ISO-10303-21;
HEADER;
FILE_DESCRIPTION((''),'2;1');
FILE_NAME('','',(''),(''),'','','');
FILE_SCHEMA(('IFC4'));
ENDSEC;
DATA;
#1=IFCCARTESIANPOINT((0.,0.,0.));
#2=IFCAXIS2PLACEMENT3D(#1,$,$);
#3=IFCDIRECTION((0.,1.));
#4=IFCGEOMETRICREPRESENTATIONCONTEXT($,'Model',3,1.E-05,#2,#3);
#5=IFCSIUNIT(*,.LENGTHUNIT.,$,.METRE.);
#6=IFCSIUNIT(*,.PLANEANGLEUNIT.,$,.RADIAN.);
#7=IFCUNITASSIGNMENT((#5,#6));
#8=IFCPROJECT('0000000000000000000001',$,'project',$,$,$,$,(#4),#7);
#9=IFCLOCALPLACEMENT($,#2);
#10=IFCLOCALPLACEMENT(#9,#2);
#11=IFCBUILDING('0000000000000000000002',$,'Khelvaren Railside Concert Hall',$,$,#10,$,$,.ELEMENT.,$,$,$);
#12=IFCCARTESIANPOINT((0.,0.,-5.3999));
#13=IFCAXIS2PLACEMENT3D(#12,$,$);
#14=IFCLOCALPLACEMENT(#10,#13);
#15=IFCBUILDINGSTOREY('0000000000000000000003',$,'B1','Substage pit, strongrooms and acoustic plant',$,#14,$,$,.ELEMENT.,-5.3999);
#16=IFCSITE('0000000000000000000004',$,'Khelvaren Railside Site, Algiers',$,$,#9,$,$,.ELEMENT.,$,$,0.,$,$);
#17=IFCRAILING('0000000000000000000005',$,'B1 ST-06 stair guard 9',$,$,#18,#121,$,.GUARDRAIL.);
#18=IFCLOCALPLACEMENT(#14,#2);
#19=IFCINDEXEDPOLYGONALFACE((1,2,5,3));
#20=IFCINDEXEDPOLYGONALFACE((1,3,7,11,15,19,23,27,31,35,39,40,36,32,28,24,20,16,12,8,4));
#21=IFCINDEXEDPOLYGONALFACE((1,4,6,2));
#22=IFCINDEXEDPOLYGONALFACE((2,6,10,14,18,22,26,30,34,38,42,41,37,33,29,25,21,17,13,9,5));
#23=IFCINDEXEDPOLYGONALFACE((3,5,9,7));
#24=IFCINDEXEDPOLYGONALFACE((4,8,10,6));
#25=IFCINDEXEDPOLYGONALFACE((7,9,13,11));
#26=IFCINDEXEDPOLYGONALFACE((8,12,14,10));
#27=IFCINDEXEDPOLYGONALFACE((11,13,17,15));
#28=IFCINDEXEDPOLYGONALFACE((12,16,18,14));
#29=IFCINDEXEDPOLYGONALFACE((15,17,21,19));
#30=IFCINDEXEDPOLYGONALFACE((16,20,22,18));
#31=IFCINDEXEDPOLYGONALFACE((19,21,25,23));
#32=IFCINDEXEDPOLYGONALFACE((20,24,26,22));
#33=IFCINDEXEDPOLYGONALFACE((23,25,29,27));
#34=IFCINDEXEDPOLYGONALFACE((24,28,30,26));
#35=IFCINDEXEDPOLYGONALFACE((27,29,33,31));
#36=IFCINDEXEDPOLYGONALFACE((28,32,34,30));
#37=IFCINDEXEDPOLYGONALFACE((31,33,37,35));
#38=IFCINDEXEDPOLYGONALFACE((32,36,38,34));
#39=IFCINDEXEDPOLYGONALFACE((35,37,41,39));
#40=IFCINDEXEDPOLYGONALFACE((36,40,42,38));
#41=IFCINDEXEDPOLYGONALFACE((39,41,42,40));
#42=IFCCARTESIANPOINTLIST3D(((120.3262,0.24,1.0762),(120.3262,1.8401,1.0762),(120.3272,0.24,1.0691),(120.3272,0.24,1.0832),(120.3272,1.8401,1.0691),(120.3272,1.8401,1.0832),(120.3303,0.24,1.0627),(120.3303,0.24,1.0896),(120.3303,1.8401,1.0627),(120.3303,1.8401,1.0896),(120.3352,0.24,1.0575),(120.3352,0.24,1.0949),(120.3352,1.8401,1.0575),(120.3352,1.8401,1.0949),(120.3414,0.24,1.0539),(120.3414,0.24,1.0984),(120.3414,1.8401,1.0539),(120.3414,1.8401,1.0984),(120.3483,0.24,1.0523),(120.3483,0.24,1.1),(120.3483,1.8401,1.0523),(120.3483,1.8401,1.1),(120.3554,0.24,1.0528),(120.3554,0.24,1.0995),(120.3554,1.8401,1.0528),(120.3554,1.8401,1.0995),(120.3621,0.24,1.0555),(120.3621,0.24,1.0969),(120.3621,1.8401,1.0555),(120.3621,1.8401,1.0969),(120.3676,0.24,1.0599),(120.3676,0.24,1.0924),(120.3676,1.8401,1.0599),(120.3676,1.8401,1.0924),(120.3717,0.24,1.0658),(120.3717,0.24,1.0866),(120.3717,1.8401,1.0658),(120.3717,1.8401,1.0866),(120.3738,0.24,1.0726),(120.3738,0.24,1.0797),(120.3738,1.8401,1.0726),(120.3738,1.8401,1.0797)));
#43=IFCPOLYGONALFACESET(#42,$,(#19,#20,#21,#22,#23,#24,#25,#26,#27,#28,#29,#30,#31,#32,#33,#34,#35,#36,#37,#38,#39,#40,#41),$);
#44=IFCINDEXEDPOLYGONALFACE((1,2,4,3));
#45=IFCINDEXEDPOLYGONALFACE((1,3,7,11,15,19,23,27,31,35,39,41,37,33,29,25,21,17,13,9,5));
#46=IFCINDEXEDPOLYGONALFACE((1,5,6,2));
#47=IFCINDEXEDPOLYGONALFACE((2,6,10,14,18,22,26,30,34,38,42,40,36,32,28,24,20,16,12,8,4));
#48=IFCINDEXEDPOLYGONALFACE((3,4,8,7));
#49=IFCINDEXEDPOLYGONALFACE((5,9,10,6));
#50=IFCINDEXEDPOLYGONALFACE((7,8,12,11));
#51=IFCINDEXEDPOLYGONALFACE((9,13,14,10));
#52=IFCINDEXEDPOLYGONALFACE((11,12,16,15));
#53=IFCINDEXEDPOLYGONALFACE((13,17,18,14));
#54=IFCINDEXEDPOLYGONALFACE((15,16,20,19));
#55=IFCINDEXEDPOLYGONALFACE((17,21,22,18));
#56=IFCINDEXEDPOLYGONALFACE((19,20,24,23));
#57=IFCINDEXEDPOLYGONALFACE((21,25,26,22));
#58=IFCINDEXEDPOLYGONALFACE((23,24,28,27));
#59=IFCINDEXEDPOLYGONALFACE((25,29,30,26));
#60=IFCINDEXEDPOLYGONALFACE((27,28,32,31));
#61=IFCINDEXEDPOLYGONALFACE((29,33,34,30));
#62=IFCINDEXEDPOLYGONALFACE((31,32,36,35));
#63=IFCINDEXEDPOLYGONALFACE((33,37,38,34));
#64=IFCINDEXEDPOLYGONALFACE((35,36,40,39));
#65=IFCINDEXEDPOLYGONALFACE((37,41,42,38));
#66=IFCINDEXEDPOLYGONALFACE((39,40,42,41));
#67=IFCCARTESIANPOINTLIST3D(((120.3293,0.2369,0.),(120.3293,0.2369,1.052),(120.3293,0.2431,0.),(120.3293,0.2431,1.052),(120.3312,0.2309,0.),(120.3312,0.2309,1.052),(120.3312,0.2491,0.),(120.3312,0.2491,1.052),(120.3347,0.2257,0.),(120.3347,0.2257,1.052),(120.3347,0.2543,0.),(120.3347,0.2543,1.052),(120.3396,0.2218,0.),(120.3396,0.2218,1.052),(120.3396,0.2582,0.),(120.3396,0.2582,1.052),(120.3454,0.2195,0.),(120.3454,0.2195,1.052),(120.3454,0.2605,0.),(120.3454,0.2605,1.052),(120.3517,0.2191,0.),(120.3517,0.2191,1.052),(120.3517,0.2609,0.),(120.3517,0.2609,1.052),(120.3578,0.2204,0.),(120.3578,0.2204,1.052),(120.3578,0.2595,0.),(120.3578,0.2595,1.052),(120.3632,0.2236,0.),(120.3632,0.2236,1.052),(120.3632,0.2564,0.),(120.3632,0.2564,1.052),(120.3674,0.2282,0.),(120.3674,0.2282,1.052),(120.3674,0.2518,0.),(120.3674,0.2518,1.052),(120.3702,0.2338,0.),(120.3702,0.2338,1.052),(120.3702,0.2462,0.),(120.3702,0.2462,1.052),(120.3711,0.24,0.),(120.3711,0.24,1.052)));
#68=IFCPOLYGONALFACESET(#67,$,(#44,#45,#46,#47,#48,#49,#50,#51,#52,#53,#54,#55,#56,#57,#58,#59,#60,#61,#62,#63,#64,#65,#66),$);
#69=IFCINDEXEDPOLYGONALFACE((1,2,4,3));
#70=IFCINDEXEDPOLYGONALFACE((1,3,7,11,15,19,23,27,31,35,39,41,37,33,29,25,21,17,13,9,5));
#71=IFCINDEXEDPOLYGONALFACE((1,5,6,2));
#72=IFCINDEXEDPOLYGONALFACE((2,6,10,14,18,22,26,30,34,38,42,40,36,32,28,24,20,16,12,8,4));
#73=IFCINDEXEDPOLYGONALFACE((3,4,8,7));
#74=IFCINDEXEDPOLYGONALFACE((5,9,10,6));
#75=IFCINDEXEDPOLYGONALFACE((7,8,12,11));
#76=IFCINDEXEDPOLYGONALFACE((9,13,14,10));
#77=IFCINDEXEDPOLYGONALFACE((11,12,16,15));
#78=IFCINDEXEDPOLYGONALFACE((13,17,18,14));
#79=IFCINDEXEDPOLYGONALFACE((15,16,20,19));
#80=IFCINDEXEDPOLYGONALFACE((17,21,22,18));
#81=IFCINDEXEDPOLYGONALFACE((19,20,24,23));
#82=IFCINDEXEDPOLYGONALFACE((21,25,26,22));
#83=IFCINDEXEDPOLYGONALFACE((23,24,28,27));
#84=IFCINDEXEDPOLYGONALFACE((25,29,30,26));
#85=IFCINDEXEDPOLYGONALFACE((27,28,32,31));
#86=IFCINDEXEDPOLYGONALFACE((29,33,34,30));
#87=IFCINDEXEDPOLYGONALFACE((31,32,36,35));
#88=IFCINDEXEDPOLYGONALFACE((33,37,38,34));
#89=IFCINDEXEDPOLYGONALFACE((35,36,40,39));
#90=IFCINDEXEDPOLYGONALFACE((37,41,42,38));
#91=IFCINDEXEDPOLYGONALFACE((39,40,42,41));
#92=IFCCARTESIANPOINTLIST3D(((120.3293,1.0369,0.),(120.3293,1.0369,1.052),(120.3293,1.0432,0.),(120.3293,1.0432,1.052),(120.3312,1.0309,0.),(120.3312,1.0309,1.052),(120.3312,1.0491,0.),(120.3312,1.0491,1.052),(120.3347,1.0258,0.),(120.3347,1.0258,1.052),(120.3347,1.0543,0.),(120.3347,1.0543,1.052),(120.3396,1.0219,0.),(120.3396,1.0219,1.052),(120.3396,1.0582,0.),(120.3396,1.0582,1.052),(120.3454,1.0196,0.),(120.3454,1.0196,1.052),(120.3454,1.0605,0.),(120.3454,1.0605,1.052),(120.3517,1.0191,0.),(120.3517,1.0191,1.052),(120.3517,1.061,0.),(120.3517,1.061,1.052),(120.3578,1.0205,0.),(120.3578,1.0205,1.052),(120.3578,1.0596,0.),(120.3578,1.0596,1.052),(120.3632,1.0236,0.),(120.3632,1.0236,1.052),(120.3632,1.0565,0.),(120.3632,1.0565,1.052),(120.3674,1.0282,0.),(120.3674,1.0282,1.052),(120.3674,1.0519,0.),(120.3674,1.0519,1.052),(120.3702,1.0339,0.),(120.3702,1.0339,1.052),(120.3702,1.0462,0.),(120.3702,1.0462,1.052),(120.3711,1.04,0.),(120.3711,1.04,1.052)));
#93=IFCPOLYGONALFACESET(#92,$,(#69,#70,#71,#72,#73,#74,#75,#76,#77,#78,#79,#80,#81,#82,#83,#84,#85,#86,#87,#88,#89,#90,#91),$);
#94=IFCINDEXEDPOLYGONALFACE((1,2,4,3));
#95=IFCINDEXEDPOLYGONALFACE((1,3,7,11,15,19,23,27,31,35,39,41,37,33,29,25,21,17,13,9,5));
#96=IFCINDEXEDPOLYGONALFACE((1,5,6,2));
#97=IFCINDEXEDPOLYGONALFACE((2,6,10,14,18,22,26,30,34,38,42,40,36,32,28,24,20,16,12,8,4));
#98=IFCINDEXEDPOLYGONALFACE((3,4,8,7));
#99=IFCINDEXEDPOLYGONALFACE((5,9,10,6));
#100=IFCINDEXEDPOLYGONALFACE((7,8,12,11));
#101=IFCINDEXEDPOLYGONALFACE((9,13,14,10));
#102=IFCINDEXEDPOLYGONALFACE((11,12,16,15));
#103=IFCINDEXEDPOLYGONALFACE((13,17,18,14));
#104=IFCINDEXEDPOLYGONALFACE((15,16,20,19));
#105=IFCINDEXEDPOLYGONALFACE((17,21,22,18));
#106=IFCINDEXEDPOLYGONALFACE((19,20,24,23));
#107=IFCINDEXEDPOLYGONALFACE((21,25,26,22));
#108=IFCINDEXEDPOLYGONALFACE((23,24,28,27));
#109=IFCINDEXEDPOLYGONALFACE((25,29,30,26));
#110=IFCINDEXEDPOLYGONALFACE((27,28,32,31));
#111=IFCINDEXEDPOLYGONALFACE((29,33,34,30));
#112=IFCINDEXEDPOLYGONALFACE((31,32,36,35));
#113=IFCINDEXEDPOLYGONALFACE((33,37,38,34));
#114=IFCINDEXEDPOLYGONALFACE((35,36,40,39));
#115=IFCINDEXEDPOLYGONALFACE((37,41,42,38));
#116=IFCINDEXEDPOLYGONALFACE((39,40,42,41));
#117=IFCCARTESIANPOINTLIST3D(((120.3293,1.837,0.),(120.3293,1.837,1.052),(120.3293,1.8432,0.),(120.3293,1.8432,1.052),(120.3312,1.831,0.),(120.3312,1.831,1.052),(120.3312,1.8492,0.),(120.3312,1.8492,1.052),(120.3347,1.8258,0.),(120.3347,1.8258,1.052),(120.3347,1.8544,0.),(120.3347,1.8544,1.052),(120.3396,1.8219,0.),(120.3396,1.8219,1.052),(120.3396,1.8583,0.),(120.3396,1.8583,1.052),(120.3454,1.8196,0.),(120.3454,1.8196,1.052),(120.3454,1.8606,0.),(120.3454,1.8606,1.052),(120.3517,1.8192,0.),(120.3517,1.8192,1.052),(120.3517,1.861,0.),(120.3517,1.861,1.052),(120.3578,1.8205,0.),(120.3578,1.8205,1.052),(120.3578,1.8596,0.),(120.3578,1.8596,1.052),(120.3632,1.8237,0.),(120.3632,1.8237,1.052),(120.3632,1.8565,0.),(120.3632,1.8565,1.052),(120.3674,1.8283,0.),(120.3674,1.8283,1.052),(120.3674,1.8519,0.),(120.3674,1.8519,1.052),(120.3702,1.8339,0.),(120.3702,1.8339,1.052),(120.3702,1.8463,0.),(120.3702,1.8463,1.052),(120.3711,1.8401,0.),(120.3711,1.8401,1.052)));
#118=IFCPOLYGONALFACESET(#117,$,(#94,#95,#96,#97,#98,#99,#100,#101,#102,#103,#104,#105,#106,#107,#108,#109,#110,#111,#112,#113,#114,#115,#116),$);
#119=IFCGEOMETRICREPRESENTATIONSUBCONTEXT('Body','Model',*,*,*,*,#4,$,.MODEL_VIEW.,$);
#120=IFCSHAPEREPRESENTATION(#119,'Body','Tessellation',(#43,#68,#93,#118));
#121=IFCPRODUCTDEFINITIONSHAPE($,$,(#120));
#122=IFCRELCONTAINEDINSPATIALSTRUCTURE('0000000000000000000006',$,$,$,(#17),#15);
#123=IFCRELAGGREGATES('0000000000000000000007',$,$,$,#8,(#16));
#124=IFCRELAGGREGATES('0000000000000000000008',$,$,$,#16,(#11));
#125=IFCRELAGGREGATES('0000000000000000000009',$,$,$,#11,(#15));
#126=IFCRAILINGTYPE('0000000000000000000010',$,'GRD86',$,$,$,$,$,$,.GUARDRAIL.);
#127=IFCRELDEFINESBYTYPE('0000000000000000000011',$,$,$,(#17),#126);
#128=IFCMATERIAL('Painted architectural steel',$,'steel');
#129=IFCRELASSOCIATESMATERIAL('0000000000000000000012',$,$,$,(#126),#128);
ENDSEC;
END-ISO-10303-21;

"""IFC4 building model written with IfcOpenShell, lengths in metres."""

from ifc_helpers import new_model, si_unit, direction, frame, origin, origin_2d, place, context, subcontext, project, spatial, circle, extrude, material, type_object, element, save


model = new_model("IFC4")

# Units and contexts
model_context = context("Model", 3, precision=1e-05, world=origin(), true_north=direction((0.0, 1.0)))
body_context = subcontext(model_context, "Body", "Model", "MODEL_VIEW")
ifc_project = project(units=[si_unit("LENGTHUNIT", "METRE"), si_unit("PLANEANGLEUNIT", "RADIAN")], contexts=[model_context])

# Site, building, storey
site_placement = place(None, origin())
site = spatial("IfcSite", under=ifc_project, at=site_placement, Name="Khelvaren Railside Site, Algiers", CompositionType="ELEMENT", RefElevation=0.0)
building_placement = place(site_placement, origin())
building = spatial("IfcBuilding", under=site, at=building_placement, Name="Khelvaren Railside Concert Hall", CompositionType="ELEMENT")
storey_placement = place(building_placement, frame((0.0, 0.0, -5.3999)))
storey = spatial("IfcBuildingStorey", under=building, at=storey_placement, Name="B1", Description="Substage pit, strongrooms and acoustic plant", CompositionType="ELEMENT", Elevation=-5.3999)

# Railing
ifc_material_1 = material(Name="Painted architectural steel", Category="steel")
railing_type_1 = type_object("IfcRailingType", Name="GRD86", PredefinedType="GUARDRAIL", material=ifc_material_1)
for number, where, name in (
    (1, (120.3501, 0.24, 0.0), "B1 ST-06 stair guard 9"),
):
    element("IfcRailing", number, at=place(storey_placement, frame(where)), inside=storey, type_object=railing_type_1, Name=name, PredefinedType="GUARDRAIL", context=body_context, shape_type="SweptSolid", body=[
        extrude(circle(Radius=0.0239, at=origin_2d()), frame((0.0, 0.0, 1.0762), z_axis=(0.0, 1.0, 0.0), x_axis=(-1.0, 0.0, 0.0)), (0.0, 0.0, 1.0), 1.6001),
        extrude(circle(Radius=0.021, at=origin_2d()), origin(), (0.0, 0.0, 1.0), 1.052),
        extrude(circle(Radius=0.021, at=origin_2d()), frame((0.0, 0.8, 0.0)), (0.0, 0.0, 1.0), 1.052),
        extrude(circle(Radius=0.021, at=origin_2d()), frame((0.0, 1.6001, 0.0)), (0.0, 0.0, 1.0), 1.052),
    ])

save(model, "model.ifc")
